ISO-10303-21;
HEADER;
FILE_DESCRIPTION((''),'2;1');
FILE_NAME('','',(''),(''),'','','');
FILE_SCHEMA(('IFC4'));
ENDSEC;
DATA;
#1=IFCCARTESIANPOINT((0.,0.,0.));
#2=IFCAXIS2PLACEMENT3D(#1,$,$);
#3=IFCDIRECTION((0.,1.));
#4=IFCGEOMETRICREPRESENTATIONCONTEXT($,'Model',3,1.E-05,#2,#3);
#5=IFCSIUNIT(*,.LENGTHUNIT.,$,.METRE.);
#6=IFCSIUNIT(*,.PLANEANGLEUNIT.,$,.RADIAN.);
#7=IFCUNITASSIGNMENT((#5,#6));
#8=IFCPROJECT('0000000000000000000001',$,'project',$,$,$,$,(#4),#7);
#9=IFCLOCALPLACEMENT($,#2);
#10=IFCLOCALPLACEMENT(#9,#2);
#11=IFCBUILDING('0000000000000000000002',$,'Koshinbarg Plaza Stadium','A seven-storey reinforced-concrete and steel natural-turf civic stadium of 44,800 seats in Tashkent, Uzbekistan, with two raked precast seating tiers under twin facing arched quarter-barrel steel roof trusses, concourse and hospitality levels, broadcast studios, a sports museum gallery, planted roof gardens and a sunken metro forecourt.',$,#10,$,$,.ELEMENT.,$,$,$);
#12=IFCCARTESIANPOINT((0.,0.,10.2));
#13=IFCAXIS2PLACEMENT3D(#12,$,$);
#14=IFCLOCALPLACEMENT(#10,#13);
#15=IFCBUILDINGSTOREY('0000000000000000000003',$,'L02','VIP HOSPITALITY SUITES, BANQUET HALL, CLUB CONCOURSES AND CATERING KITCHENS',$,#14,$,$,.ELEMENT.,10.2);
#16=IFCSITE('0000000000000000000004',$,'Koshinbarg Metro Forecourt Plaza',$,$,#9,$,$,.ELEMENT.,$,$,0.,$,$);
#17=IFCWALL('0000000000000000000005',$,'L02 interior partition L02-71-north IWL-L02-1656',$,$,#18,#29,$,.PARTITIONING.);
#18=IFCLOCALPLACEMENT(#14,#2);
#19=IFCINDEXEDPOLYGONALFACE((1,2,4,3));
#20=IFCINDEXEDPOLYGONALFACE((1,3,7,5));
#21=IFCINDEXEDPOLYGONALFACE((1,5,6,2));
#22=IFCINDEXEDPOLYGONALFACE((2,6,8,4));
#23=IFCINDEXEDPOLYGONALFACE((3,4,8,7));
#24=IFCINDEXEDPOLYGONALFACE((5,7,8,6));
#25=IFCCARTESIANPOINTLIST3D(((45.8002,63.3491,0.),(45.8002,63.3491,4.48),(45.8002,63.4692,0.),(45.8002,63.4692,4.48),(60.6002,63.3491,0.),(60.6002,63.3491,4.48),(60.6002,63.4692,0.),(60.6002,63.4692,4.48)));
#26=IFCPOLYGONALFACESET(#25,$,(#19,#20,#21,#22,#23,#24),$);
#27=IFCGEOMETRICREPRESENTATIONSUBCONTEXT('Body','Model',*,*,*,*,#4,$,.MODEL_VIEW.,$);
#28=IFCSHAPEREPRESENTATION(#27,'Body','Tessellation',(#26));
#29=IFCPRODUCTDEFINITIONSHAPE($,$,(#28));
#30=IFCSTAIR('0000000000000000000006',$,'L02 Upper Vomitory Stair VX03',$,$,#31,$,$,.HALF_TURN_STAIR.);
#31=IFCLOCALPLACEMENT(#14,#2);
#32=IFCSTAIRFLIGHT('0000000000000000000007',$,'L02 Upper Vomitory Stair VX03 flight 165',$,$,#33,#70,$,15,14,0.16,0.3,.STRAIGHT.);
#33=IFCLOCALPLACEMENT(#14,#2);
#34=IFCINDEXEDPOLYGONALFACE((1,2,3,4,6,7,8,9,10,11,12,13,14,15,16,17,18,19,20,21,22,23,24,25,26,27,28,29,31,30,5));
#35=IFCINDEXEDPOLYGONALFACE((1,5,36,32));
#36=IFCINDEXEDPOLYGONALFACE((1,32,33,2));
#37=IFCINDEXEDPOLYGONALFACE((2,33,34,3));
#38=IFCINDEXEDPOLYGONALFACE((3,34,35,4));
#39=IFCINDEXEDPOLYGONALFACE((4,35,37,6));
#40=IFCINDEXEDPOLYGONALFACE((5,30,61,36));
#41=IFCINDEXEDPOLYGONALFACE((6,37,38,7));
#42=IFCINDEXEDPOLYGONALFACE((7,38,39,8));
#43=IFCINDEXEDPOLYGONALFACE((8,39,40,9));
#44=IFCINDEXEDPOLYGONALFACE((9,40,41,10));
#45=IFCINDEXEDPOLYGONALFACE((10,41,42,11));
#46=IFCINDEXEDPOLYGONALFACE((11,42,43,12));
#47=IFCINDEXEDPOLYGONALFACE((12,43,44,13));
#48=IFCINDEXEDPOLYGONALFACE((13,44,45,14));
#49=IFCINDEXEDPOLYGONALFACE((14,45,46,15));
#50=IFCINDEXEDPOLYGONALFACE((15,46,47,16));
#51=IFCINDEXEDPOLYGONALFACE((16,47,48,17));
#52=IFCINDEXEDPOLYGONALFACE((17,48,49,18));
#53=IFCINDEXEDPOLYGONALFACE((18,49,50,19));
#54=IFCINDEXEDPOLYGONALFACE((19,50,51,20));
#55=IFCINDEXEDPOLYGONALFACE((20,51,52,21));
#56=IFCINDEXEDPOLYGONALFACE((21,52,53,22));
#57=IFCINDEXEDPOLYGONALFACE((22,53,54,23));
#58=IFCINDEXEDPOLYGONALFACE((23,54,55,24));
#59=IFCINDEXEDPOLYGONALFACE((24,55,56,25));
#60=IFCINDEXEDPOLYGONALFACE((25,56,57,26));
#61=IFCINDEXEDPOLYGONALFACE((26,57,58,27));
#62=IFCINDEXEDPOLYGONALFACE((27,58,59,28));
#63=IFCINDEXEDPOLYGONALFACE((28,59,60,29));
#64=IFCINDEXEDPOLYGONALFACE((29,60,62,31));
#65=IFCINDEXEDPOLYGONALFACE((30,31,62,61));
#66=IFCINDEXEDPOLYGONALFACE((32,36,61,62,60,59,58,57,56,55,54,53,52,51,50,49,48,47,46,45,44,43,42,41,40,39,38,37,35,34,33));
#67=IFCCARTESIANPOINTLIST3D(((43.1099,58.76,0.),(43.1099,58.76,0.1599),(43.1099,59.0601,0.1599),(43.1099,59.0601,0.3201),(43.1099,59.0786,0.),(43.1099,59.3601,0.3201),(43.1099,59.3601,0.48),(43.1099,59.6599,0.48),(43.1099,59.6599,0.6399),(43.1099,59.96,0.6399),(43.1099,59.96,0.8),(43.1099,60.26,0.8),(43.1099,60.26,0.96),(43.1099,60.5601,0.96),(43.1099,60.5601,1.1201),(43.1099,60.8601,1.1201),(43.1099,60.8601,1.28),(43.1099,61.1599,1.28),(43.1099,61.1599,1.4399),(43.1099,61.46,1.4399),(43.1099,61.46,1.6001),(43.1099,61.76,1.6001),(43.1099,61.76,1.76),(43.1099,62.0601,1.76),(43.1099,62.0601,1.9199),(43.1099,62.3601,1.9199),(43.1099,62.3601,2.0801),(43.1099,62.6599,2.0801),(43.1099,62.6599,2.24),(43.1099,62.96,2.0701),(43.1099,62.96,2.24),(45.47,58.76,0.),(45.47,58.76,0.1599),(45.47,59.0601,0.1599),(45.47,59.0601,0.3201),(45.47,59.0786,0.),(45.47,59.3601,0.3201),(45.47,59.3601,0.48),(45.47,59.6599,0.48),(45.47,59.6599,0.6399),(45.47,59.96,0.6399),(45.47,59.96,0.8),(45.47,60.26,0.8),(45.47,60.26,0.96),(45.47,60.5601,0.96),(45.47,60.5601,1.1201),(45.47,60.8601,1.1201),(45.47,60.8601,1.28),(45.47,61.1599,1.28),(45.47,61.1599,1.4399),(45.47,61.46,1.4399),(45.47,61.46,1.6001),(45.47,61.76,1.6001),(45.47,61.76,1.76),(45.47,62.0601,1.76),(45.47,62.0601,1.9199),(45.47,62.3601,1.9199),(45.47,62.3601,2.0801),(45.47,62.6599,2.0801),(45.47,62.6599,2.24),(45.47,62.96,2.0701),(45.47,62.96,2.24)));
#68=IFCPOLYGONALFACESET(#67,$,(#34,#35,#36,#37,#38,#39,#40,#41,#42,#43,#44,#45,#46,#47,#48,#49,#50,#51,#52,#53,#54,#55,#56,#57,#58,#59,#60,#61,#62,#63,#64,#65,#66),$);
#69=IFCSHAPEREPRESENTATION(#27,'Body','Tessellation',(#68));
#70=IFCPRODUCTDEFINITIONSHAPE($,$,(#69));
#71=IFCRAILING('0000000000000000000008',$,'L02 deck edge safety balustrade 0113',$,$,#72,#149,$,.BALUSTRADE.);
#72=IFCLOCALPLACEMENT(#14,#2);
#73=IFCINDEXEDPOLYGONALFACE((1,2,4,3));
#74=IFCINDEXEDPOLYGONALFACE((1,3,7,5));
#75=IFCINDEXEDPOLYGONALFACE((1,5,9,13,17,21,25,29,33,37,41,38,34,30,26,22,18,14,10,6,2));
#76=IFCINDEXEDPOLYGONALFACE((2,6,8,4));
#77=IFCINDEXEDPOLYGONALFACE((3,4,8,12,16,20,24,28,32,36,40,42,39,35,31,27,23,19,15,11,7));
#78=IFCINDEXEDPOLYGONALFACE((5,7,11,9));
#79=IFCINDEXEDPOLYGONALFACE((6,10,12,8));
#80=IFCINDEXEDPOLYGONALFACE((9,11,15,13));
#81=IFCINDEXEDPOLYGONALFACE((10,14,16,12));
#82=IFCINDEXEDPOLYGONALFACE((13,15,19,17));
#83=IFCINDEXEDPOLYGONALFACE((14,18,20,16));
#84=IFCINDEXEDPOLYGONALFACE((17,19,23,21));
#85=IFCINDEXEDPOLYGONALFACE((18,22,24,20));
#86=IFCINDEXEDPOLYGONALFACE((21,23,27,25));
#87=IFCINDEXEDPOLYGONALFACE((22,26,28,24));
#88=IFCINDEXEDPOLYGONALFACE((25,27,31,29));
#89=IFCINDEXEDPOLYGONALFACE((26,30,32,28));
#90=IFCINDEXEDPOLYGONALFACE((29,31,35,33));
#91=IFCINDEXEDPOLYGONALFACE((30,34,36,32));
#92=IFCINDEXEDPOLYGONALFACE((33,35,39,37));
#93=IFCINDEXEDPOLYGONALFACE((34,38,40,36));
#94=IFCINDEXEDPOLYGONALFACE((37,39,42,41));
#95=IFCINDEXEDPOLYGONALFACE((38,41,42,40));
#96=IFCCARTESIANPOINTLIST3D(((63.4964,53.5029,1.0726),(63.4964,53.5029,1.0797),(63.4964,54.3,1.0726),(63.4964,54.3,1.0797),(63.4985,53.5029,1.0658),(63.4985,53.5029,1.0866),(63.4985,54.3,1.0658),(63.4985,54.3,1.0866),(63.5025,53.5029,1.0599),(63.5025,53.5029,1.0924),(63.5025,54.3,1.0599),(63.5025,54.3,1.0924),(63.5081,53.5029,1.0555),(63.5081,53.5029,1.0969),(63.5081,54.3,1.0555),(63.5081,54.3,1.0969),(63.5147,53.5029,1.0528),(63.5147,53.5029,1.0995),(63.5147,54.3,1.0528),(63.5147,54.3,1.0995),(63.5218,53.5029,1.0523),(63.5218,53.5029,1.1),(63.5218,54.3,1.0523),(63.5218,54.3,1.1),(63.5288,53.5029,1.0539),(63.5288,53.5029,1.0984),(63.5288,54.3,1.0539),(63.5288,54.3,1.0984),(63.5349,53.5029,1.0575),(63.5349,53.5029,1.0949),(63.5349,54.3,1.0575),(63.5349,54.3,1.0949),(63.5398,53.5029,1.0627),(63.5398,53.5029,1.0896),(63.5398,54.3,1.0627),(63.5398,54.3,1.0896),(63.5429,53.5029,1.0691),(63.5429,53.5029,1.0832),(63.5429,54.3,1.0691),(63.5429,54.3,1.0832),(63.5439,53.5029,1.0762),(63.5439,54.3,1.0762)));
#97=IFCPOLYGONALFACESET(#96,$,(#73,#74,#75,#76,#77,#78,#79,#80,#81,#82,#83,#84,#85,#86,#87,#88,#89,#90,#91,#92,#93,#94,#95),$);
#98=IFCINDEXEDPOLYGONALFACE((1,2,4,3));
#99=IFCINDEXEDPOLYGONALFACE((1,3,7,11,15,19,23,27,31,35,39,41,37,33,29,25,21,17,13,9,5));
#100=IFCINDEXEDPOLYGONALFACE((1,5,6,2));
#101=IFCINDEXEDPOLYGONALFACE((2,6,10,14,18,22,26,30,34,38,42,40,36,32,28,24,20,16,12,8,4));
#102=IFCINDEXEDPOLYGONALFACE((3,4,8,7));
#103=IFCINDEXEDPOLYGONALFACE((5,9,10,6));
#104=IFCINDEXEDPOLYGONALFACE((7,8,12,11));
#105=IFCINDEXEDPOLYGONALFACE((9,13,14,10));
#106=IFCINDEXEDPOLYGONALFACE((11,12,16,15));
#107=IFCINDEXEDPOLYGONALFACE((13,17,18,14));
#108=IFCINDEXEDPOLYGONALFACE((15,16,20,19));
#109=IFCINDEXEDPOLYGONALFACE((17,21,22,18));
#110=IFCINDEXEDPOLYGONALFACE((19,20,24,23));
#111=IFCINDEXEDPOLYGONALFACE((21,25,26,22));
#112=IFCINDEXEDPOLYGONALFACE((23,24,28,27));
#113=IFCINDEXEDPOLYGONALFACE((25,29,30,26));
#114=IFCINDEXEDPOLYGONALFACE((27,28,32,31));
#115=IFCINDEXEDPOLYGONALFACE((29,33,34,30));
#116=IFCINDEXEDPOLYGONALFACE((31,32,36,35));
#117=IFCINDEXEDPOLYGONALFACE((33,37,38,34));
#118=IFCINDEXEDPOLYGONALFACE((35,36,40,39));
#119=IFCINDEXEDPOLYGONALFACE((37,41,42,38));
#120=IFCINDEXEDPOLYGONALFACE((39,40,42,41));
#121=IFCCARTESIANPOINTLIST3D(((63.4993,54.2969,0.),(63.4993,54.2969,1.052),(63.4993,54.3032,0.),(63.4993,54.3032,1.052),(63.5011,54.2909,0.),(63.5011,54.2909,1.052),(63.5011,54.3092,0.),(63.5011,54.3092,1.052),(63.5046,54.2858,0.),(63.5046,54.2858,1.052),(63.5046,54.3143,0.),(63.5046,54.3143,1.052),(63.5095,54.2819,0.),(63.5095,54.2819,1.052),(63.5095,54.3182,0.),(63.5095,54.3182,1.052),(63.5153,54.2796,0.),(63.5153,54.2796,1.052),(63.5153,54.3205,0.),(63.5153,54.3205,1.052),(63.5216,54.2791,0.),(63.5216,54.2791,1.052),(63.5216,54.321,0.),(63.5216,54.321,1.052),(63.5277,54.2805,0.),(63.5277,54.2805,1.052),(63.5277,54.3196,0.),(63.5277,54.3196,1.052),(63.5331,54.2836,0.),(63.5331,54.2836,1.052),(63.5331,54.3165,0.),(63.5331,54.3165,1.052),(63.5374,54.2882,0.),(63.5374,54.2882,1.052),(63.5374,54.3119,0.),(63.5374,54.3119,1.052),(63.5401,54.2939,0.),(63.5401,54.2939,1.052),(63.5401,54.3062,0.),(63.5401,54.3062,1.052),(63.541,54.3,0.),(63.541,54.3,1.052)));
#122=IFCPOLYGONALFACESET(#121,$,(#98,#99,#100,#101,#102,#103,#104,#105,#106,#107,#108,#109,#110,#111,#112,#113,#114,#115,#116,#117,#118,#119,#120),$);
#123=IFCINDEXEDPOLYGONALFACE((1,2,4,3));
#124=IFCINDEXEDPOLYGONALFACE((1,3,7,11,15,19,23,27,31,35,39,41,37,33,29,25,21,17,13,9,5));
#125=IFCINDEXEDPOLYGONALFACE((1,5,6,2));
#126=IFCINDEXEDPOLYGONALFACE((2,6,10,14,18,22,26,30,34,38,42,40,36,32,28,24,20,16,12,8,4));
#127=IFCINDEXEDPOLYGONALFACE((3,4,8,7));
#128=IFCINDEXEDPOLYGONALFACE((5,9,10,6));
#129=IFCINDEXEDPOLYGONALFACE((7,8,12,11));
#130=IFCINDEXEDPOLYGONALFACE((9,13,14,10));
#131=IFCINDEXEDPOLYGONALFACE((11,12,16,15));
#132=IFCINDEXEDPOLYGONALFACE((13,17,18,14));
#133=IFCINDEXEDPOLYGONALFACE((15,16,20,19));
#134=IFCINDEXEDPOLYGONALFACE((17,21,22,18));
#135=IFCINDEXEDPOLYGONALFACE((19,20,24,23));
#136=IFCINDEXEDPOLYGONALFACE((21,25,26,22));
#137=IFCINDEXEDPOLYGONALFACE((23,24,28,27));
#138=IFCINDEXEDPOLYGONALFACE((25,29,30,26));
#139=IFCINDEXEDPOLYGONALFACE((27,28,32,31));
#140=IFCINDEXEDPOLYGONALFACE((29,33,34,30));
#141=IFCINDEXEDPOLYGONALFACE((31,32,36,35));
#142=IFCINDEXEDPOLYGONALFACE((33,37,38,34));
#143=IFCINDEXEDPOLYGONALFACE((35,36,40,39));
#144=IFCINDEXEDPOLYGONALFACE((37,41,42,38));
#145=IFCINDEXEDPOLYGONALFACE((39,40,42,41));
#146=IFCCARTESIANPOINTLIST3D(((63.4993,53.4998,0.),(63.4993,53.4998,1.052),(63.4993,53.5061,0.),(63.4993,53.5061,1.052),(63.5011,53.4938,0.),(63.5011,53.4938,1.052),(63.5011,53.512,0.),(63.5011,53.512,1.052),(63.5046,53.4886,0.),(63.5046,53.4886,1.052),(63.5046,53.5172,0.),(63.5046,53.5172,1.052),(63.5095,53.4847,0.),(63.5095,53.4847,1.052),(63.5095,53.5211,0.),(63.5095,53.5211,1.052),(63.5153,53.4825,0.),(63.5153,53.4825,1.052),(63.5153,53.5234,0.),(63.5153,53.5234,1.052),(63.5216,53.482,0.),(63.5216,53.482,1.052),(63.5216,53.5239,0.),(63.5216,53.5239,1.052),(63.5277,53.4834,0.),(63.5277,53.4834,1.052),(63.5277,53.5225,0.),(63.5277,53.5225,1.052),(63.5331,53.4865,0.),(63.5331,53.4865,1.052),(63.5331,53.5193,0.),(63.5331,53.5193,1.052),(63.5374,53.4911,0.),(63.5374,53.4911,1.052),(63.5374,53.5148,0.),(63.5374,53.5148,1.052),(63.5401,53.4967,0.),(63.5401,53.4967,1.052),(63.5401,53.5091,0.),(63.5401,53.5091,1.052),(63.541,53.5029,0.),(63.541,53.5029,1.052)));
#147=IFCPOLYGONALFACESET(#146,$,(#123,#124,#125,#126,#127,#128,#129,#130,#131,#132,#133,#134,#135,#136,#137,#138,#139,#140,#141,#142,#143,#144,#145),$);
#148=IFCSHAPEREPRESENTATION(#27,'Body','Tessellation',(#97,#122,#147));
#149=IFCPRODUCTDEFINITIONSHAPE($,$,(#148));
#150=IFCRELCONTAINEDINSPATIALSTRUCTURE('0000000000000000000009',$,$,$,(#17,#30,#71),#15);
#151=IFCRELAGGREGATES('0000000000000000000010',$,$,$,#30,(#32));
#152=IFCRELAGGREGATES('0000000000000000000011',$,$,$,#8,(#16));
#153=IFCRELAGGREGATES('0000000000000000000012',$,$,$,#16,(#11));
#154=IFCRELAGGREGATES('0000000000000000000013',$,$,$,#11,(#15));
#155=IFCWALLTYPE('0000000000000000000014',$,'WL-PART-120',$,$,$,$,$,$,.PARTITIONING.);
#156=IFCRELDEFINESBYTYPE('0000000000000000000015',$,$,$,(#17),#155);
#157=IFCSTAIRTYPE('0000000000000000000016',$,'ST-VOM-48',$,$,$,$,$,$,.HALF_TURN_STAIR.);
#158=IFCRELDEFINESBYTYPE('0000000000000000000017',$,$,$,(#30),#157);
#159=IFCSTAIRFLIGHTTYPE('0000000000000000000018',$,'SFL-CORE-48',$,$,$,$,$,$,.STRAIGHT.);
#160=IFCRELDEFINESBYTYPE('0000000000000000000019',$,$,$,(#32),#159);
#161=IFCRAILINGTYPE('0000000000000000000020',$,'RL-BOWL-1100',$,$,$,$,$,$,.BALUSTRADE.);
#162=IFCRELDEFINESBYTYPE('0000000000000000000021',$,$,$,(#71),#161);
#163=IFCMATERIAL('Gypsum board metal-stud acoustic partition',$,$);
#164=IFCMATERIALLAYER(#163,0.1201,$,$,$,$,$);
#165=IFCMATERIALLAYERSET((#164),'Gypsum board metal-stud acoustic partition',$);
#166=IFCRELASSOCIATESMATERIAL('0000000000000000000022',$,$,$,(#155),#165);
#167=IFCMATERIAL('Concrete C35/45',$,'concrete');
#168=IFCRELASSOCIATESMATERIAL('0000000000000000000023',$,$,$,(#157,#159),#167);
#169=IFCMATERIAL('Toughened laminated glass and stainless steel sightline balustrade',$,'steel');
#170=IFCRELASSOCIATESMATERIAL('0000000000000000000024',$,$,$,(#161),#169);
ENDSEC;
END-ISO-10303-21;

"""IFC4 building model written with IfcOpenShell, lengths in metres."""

from ifc_helpers import new_model, si_unit, direction, frame, frame_2d, origin, origin_2d, place, context, subcontext, project, spatial, polyline, rectangle, circle, outline, extrude, material, layer, layer_set, type_object, element, aggregate, save


model = new_model("IFC4")

# Units and contexts
model_context = context("Model", 3, precision=1e-05, world=origin(), true_north=direction((0.0, 1.0)))
body_context = subcontext(model_context, "Body", "Model", "MODEL_VIEW")
ifc_project = project(units=[si_unit("LENGTHUNIT", "METRE"), si_unit("PLANEANGLEUNIT", "RADIAN")], contexts=[model_context])

# Site, building, storey
site_placement = place(None, origin())
site = spatial("IfcSite", under=ifc_project, at=site_placement, Name="Koshinbarg Metro Forecourt Plaza", CompositionType="ELEMENT", RefElevation=0.0)
building_placement = place(site_placement, origin())
building = spatial("IfcBuilding", under=site, at=building_placement, Name="Koshinbarg Plaza Stadium", Description="A seven-storey reinforced-concrete and steel natural-turf civic stadium of 44,800 seats in Tashkent, Uzbekistan, with two raked precast seating tiers under twin facing arched quarter-barrel steel roof trusses, concourse and hospitality levels, broadcast studios, a sports museum gallery, planted roof gardens and a sunken metro forecourt.", CompositionType="ELEMENT")
storey_placement = place(building_placement, frame((0.0, 0.0, 10.2)))
storey = spatial("IfcBuildingStorey", under=building, at=storey_placement, Name="L02", Description="VIP HOSPITALITY SUITES, BANQUET HALL, CLUB CONCOURSES AND CATERING KITCHENS", CompositionType="ELEMENT", Elevation=10.2)

# Shared definitions
ifc_material_1 = material(Name="Gypsum board metal-stud acoustic partition")
ifc_layer_1 = layer(ifc_material_1, 0.1201)
ifc_layer_set_1 = layer_set([ifc_layer_1], Name="Gypsum board metal-stud acoustic partition")
wall_type_1 = type_object("IfcWallType", Name="WL-PART-120", PredefinedType="PARTITIONING", material=ifc_layer_set_1)

# Wall
wall_1_placement = place(storey_placement, frame((60.6001, 63.4092, 0.0), z_axis=(0.0, 0.0, 1.0), x_axis=(-1.0, 0.0, 0.0)))
element("IfcWall", 1, at=wall_1_placement, inside=storey, type_object=wall_type_1, Name="L02 interior partition L02-71-north IWL-L02-1656", PredefinedType="PARTITIONING", context=body_context, shape_type="SweptSolid", body=[
    extrude(rectangle(XDim=14.8, YDim=0.1201, at=frame_2d((7.3999, 0.0))), origin(), (0.0, 0.0, 1.0), 4.48),
])

# Stair, stair flight
ifc_material_2 = material(Name="Concrete C35/45", Category="concrete")
stair_type = type_object("IfcStairType", Name="ST-VOM-48", PredefinedType="HALF_TURN_STAIR", material=ifc_material_2)
stair_placement = place(storey_placement, origin())
stair = element("IfcStair", 2, at=stair_placement, inside=storey, type_object=stair_type, Name="L02 Upper Vomitory Stair VX03", PredefinedType="HALF_TURN_STAIR")
stair_flight_type = type_object("IfcStairFlightType", Name="SFL-CORE-48", PredefinedType="STRAIGHT", material=ifc_material_2)
stair_flight_placement = place(storey_placement, frame((44.29, 58.76, 0.0), z_axis=(0.0, 0.0, 1.0), x_axis=(0.0, 1.0, 0.0)))
stair_flight = element("IfcStairFlight", 3, at=stair_flight_placement, type_object=stair_flight_type, Name="L02 Upper Vomitory Stair VX03 flight 165", NumberOfRisers=15, NumberOfTreads=14, PredefinedType="STRAIGHT", RiserHeight=0.16, TreadLength=0.3, context=body_context, shape_type="SweptSolid", body=[
    extrude(outline(polyline([(0.0, 0.0), (0.0, 0.1599), (0.3, 0.1599), (0.3, 0.3201), (0.6001, 0.3201), (0.6001, 0.48), (0.8999, 0.48), (0.8999, 0.6399), (1.2, 0.6399), (1.2, 0.8), (1.5, 0.8), (1.5, 0.96), (1.8, 0.96), (1.8, 1.1201), (2.1001, 1.1201), (2.1001, 1.28), (2.3999, 1.28), (2.3999, 1.4399), (2.7, 1.4399), (2.7, 1.6001), (3.0, 1.6001), (3.0, 1.76), (3.3, 1.76), (3.3, 1.9199), (3.6001, 1.9199), (3.6001, 2.0801), (3.8999, 2.0801), (3.8999, 2.24), (4.2, 2.24), (4.2, 2.3999), (4.2, 2.0701), (0.3186, 0.0), (0.0, 0.0)])), frame((0.0, 1.1802, 0.0), z_axis=(0.0, -1.0, 0.0), x_axis=(1.0, 0.0, 0.0)), (0.0, 0.0, 1.0), 2.3601),
])
aggregate(stair, [stair_flight])

# Railing
ifc_material_3 = material(Name="Toughened laminated glass and stainless steel sightline balustrade", Category="steel")
railing_type_1 = type_object("IfcRailingType", Name="RL-BOWL-1100", PredefinedType="BALUSTRADE", material=ifc_material_3)
railing_1_placement = place(storey_placement, frame((63.52, 54.3, 0.0)))
element("IfcRailing", 4, at=railing_1_placement, inside=storey, type_object=railing_type_1, Name="L02 deck edge safety balustrade 0113", PredefinedType="BALUSTRADE", context=body_context, shape_type="SweptSolid", body=[
    extrude(circle(Radius=0.0239, at=origin_2d()), frame((0.0, 0.0, 1.0762), z_axis=(0.0, -1.0, 0.0), x_axis=(1.0, 0.0, 0.0)), (0.0, 0.0, 1.0), 0.7971),
    extrude(circle(Radius=0.021, at=origin_2d()), origin(), (0.0, 0.0, 1.0), 1.052),
    extrude(circle(Radius=0.021, at=origin_2d()), frame((0.0, -0.7971, 0.0)), (0.0, 0.0, 1.0), 1.052),
])

save(model, "model.ifc")
